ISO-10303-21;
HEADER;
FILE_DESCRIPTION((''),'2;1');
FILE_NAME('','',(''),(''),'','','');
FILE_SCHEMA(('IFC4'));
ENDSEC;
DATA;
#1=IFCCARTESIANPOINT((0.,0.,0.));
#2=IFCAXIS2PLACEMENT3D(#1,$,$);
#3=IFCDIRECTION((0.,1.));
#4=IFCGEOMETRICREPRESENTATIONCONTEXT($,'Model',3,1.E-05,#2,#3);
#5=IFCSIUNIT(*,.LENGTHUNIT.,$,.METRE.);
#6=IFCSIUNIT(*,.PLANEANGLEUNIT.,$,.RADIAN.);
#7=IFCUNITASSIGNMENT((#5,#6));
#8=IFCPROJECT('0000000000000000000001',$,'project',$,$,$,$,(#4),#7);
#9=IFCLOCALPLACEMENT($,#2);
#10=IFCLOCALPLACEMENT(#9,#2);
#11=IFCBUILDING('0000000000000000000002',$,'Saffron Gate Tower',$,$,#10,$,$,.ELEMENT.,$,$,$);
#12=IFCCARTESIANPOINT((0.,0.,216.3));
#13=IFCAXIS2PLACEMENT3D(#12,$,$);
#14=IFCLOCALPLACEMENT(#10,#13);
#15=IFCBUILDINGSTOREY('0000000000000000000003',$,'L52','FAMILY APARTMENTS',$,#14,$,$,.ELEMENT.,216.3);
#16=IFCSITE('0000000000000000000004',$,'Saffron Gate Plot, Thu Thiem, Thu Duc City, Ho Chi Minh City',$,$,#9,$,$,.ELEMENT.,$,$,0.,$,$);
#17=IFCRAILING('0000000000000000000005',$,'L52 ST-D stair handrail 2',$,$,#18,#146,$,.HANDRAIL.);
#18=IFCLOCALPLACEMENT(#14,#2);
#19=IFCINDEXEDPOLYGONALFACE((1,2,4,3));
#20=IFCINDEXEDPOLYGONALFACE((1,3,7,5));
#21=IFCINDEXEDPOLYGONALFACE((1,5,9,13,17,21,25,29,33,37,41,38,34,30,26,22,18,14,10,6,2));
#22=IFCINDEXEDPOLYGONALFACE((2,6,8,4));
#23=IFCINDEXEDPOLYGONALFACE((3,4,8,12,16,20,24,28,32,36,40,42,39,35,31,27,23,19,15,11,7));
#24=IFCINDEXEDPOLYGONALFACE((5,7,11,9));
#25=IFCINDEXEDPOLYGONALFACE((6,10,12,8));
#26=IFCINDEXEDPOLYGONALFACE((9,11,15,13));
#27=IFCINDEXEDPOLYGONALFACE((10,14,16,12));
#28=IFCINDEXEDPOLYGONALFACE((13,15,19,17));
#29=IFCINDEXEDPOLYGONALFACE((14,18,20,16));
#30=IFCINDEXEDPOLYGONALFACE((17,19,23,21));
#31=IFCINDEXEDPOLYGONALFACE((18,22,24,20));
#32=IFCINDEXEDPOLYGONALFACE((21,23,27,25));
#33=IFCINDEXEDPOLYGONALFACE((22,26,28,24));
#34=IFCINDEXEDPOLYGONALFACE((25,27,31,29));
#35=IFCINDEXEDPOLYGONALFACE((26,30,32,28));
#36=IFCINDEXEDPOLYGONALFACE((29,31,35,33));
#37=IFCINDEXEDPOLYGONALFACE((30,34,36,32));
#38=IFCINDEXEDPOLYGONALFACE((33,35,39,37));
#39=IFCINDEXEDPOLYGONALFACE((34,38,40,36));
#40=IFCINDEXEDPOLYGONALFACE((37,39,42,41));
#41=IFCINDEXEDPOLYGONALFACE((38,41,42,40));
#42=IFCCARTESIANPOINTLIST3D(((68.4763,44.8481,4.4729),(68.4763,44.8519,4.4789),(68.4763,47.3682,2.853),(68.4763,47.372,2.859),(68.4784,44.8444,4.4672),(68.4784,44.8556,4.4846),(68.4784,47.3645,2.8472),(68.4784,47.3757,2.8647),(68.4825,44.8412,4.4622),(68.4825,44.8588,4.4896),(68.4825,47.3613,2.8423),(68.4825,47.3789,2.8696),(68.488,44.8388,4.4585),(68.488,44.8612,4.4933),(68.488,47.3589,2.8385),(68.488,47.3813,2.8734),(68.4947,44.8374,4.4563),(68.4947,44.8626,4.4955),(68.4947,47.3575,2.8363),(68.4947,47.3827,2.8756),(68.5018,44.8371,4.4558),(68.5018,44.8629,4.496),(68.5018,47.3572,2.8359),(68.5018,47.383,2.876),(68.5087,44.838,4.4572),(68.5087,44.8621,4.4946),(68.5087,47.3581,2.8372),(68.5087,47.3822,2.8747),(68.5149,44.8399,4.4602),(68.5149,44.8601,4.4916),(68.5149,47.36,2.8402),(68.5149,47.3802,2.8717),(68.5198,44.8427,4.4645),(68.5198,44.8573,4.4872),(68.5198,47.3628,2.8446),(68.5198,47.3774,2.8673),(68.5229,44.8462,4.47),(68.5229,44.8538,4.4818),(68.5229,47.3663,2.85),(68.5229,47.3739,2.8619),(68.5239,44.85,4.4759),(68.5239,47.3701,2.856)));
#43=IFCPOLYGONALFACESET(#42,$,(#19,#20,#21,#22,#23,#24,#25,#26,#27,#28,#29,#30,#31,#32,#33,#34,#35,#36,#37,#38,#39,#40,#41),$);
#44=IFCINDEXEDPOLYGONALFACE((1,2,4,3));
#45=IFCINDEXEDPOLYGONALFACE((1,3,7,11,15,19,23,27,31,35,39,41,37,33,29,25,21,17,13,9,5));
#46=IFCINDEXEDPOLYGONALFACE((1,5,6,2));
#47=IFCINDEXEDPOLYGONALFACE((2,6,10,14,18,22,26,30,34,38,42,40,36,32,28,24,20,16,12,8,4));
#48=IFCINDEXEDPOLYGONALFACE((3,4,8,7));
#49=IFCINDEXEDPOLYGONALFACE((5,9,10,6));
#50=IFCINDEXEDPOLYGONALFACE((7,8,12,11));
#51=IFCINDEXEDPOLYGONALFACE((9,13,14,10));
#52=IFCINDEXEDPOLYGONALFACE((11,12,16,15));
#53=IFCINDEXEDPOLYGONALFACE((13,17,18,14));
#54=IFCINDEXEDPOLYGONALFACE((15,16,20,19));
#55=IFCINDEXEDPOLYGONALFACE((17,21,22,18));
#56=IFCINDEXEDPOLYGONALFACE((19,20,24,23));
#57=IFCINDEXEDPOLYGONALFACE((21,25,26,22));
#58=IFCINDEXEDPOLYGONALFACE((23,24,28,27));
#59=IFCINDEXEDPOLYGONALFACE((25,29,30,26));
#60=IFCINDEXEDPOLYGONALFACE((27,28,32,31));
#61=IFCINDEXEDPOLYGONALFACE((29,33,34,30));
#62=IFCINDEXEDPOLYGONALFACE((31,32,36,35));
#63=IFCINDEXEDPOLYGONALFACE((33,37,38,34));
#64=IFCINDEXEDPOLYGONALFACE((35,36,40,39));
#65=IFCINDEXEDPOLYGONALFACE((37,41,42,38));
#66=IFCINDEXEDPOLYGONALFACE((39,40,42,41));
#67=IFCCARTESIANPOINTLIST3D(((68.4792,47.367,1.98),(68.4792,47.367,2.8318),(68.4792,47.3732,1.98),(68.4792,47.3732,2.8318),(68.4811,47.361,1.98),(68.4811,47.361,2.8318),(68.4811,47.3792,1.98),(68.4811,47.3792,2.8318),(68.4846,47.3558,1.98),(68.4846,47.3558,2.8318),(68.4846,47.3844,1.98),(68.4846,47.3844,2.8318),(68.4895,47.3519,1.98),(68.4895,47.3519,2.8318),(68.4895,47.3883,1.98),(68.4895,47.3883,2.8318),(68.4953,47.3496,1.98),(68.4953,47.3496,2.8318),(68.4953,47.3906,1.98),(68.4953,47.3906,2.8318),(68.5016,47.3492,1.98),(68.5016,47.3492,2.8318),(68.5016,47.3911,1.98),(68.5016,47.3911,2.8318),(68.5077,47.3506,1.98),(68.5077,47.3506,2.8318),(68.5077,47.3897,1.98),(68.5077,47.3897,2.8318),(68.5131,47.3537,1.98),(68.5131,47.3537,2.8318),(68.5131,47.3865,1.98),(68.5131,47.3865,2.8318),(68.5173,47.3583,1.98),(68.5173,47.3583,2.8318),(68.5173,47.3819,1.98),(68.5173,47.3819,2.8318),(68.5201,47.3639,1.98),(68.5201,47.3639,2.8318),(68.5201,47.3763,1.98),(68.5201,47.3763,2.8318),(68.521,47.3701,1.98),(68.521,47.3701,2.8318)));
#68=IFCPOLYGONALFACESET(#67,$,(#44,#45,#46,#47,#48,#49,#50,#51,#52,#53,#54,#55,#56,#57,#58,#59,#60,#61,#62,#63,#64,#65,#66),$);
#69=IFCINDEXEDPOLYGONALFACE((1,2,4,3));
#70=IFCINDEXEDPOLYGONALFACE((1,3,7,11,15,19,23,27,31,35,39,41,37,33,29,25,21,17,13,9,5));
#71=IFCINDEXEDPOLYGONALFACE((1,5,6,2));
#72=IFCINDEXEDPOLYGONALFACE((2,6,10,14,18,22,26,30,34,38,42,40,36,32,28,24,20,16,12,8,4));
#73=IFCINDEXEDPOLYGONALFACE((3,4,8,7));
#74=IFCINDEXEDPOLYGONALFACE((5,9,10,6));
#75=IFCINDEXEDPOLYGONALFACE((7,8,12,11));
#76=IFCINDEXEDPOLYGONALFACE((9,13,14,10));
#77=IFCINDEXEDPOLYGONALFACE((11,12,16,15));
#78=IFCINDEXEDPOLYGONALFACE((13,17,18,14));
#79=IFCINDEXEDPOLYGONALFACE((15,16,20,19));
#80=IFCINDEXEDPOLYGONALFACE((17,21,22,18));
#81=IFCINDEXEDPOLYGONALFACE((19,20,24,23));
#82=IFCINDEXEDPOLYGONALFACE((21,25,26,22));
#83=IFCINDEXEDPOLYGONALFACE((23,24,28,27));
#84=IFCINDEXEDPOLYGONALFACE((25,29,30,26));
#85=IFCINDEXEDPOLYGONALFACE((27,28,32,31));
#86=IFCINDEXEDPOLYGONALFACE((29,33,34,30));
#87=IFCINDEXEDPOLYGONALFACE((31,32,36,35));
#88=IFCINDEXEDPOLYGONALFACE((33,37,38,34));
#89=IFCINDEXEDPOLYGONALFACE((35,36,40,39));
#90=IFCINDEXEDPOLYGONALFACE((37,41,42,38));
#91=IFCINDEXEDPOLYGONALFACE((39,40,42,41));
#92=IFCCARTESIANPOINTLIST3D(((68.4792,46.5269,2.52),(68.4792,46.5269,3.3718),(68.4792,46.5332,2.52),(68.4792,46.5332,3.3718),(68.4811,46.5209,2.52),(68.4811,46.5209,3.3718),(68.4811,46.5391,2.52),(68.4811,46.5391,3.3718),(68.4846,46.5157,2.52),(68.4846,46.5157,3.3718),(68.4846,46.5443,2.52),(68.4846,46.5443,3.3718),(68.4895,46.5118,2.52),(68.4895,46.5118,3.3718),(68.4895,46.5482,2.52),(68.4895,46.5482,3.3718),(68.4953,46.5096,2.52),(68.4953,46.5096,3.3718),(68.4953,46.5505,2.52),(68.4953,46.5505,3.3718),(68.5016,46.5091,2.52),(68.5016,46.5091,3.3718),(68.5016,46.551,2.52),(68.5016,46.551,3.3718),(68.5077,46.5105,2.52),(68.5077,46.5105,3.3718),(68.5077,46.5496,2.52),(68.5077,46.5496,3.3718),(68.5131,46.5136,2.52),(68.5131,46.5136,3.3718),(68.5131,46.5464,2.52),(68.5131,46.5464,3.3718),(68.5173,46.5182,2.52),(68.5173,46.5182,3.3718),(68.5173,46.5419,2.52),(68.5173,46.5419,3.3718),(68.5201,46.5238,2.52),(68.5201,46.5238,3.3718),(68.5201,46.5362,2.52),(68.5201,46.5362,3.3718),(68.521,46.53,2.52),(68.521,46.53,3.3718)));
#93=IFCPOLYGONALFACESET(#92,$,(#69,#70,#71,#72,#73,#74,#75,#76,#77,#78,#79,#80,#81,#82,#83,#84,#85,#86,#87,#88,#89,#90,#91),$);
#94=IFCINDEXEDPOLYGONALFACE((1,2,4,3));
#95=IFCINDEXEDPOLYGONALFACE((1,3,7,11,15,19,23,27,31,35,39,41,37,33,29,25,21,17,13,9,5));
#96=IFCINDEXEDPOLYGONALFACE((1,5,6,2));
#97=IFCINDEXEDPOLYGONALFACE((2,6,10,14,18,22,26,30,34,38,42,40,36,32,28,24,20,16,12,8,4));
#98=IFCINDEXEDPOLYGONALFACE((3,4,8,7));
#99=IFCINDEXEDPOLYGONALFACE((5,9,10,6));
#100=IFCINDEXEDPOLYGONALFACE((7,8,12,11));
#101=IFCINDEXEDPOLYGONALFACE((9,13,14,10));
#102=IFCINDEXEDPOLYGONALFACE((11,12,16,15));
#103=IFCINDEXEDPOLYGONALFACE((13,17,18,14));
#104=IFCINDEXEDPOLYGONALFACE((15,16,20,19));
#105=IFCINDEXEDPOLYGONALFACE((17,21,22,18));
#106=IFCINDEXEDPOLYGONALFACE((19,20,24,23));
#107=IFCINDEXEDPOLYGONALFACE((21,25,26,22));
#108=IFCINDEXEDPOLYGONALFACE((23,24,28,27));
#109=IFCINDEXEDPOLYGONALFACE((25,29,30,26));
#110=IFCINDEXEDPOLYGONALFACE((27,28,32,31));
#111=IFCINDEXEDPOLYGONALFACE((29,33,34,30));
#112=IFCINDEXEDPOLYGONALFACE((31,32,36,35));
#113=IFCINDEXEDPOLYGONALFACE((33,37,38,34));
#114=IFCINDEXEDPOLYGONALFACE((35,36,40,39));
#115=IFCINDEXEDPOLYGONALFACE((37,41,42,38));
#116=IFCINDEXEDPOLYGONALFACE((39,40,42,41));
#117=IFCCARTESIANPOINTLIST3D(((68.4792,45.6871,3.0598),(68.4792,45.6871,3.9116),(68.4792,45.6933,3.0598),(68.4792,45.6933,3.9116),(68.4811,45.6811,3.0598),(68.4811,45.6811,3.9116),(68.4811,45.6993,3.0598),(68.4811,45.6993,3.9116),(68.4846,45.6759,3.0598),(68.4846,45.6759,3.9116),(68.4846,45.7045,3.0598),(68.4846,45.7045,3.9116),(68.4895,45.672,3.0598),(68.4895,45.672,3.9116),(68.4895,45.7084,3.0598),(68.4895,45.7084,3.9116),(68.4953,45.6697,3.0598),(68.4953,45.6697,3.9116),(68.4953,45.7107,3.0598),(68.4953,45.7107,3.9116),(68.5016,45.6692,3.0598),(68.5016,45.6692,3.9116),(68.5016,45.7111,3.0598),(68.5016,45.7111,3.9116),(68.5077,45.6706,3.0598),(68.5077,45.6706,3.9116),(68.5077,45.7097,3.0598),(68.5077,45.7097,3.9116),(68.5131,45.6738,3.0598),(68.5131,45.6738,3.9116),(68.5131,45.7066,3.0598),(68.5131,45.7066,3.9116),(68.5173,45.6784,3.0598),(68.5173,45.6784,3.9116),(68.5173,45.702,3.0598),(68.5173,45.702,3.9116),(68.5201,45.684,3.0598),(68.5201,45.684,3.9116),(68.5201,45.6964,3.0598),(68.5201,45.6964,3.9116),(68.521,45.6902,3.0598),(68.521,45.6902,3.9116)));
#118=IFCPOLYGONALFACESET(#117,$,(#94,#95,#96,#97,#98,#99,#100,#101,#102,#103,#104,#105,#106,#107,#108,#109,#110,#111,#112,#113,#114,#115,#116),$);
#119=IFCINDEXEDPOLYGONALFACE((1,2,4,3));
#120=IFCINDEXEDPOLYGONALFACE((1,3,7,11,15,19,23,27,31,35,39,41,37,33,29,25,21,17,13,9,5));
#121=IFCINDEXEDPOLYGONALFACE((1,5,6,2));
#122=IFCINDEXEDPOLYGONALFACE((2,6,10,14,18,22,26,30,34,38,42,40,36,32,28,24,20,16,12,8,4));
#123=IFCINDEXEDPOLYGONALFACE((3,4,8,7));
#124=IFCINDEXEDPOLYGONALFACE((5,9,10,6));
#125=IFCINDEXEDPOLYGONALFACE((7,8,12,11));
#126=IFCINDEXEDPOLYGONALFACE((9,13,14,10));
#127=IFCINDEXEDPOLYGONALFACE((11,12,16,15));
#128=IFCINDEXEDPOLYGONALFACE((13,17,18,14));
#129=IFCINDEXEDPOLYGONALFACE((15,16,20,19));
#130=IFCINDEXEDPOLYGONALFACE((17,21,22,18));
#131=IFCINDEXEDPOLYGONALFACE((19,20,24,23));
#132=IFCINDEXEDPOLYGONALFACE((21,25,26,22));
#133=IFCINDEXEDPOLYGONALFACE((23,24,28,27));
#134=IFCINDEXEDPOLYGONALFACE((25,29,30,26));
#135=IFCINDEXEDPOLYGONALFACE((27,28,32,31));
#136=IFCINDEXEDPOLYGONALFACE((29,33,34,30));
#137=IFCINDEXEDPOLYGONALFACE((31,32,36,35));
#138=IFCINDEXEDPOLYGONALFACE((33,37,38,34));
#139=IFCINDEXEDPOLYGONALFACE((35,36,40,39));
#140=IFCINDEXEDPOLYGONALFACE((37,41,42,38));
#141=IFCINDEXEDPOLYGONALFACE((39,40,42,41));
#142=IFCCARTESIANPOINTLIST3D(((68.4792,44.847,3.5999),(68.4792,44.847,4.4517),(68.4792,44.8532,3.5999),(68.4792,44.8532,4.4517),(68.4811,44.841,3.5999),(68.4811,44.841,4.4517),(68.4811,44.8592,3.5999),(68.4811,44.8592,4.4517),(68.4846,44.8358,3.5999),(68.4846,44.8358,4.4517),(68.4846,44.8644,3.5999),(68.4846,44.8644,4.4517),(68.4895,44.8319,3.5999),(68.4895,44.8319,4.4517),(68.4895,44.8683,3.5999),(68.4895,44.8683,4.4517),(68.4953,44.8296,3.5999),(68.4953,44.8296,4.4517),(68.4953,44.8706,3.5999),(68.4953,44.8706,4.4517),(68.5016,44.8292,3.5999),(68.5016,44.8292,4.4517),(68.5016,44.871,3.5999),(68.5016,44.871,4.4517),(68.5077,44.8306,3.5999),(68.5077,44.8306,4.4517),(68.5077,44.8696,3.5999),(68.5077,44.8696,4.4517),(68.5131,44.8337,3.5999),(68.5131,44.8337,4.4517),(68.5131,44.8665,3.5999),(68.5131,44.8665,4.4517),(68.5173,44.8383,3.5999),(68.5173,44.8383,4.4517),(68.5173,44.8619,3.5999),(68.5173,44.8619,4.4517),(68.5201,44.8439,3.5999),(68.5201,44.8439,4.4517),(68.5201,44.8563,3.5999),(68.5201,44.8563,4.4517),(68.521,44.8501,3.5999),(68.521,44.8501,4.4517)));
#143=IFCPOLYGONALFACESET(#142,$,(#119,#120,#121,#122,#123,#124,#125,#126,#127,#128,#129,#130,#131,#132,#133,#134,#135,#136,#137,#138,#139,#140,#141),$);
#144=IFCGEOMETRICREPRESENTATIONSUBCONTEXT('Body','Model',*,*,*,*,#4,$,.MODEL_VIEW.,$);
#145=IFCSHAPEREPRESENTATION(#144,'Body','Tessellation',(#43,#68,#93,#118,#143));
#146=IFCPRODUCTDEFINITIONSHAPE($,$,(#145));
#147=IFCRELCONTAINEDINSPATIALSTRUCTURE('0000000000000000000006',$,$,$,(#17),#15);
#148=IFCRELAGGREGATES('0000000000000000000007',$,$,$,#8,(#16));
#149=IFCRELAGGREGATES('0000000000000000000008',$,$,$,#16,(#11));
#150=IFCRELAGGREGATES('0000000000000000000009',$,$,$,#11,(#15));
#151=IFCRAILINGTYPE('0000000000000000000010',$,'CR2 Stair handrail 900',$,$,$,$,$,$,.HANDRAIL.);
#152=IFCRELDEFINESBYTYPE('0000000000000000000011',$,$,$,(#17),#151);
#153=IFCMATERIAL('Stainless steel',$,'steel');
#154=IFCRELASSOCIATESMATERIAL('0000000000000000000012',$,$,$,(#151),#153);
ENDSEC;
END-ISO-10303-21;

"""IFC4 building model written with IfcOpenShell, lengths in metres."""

from ifc_helpers import new_model, si_unit, direction, frame, origin, origin_2d, place, context, subcontext, project, spatial, circle, extrude, material, type_object, element, save


model = new_model("IFC4")

# Units and contexts
model_context = context("Model", 3, precision=1e-05, world=origin(), true_north=direction((0.0, 1.0)))
body_context = subcontext(model_context, "Body", "Model", "MODEL_VIEW")
ifc_project = project(units=[si_unit("LENGTHUNIT", "METRE"), si_unit("PLANEANGLEUNIT", "RADIAN")], contexts=[model_context])

# Site, building, storey
site_placement = place(None, origin())
site = spatial("IfcSite", under=ifc_project, at=site_placement, Name="Saffron Gate Plot, Thu Thiem, Thu Duc City, Ho Chi Minh City", CompositionType="ELEMENT", RefElevation=0.0)
building_placement = place(site_placement, origin())
building = spatial("IfcBuilding", under=site, at=building_placement, Name="Saffron Gate Tower", CompositionType="ELEMENT")
storey_placement = place(building_placement, frame((0.0, 0.0, 216.3)))
storey = spatial("IfcBuildingStorey", under=building, at=storey_placement, Name="L52", Description="FAMILY APARTMENTS", CompositionType="ELEMENT", Elevation=216.3)

# Railing
ifc_material_1 = material(Name="Stainless steel", Category="steel")
railing_type_1 = type_object("IfcRailingType", Name="CR2 Stair handrail 900", PredefinedType="HANDRAIL", material=ifc_material_1)
railing_1_placement = place(storey_placement, frame((68.5, 47.3701, 1.98)))
element("IfcRailing", 1, at=railing_1_placement, inside=storey, type_object=railing_type_1, Name="L52 ST-D stair handrail 2", PredefinedType="HANDRAIL", context=body_context, shape_type="SweptSolid", body=[
    extrude(circle(Radius=0.0239, at=origin_2d()), frame((0.0, 0.0, 0.876), z_axis=(0.0, -0.8412, 0.540725), x_axis=(1.0, 0.0, 0.0)), (0.0, 0.0, 1.0), 2.9958),
    extrude(circle(Radius=0.021, at=origin_2d()), origin(), (0.0, 0.0, 1.0), 0.8518),
    extrude(circle(Radius=0.021, at=origin_2d()), frame((0.0, -0.8401, 0.54)), (0.0, 0.0, 1.0), 0.8518),
    extrude(circle(Radius=0.021, at=origin_2d()), frame((0.0, -1.6799, 1.0798)), (0.0, 0.0, 1.0), 0.8518),
    extrude(circle(Radius=0.021, at=origin_2d()), frame((0.0, -2.52, 1.6199)), (0.0, 0.0, 1.0), 0.8518),
])

save(model, "model.ifc")
